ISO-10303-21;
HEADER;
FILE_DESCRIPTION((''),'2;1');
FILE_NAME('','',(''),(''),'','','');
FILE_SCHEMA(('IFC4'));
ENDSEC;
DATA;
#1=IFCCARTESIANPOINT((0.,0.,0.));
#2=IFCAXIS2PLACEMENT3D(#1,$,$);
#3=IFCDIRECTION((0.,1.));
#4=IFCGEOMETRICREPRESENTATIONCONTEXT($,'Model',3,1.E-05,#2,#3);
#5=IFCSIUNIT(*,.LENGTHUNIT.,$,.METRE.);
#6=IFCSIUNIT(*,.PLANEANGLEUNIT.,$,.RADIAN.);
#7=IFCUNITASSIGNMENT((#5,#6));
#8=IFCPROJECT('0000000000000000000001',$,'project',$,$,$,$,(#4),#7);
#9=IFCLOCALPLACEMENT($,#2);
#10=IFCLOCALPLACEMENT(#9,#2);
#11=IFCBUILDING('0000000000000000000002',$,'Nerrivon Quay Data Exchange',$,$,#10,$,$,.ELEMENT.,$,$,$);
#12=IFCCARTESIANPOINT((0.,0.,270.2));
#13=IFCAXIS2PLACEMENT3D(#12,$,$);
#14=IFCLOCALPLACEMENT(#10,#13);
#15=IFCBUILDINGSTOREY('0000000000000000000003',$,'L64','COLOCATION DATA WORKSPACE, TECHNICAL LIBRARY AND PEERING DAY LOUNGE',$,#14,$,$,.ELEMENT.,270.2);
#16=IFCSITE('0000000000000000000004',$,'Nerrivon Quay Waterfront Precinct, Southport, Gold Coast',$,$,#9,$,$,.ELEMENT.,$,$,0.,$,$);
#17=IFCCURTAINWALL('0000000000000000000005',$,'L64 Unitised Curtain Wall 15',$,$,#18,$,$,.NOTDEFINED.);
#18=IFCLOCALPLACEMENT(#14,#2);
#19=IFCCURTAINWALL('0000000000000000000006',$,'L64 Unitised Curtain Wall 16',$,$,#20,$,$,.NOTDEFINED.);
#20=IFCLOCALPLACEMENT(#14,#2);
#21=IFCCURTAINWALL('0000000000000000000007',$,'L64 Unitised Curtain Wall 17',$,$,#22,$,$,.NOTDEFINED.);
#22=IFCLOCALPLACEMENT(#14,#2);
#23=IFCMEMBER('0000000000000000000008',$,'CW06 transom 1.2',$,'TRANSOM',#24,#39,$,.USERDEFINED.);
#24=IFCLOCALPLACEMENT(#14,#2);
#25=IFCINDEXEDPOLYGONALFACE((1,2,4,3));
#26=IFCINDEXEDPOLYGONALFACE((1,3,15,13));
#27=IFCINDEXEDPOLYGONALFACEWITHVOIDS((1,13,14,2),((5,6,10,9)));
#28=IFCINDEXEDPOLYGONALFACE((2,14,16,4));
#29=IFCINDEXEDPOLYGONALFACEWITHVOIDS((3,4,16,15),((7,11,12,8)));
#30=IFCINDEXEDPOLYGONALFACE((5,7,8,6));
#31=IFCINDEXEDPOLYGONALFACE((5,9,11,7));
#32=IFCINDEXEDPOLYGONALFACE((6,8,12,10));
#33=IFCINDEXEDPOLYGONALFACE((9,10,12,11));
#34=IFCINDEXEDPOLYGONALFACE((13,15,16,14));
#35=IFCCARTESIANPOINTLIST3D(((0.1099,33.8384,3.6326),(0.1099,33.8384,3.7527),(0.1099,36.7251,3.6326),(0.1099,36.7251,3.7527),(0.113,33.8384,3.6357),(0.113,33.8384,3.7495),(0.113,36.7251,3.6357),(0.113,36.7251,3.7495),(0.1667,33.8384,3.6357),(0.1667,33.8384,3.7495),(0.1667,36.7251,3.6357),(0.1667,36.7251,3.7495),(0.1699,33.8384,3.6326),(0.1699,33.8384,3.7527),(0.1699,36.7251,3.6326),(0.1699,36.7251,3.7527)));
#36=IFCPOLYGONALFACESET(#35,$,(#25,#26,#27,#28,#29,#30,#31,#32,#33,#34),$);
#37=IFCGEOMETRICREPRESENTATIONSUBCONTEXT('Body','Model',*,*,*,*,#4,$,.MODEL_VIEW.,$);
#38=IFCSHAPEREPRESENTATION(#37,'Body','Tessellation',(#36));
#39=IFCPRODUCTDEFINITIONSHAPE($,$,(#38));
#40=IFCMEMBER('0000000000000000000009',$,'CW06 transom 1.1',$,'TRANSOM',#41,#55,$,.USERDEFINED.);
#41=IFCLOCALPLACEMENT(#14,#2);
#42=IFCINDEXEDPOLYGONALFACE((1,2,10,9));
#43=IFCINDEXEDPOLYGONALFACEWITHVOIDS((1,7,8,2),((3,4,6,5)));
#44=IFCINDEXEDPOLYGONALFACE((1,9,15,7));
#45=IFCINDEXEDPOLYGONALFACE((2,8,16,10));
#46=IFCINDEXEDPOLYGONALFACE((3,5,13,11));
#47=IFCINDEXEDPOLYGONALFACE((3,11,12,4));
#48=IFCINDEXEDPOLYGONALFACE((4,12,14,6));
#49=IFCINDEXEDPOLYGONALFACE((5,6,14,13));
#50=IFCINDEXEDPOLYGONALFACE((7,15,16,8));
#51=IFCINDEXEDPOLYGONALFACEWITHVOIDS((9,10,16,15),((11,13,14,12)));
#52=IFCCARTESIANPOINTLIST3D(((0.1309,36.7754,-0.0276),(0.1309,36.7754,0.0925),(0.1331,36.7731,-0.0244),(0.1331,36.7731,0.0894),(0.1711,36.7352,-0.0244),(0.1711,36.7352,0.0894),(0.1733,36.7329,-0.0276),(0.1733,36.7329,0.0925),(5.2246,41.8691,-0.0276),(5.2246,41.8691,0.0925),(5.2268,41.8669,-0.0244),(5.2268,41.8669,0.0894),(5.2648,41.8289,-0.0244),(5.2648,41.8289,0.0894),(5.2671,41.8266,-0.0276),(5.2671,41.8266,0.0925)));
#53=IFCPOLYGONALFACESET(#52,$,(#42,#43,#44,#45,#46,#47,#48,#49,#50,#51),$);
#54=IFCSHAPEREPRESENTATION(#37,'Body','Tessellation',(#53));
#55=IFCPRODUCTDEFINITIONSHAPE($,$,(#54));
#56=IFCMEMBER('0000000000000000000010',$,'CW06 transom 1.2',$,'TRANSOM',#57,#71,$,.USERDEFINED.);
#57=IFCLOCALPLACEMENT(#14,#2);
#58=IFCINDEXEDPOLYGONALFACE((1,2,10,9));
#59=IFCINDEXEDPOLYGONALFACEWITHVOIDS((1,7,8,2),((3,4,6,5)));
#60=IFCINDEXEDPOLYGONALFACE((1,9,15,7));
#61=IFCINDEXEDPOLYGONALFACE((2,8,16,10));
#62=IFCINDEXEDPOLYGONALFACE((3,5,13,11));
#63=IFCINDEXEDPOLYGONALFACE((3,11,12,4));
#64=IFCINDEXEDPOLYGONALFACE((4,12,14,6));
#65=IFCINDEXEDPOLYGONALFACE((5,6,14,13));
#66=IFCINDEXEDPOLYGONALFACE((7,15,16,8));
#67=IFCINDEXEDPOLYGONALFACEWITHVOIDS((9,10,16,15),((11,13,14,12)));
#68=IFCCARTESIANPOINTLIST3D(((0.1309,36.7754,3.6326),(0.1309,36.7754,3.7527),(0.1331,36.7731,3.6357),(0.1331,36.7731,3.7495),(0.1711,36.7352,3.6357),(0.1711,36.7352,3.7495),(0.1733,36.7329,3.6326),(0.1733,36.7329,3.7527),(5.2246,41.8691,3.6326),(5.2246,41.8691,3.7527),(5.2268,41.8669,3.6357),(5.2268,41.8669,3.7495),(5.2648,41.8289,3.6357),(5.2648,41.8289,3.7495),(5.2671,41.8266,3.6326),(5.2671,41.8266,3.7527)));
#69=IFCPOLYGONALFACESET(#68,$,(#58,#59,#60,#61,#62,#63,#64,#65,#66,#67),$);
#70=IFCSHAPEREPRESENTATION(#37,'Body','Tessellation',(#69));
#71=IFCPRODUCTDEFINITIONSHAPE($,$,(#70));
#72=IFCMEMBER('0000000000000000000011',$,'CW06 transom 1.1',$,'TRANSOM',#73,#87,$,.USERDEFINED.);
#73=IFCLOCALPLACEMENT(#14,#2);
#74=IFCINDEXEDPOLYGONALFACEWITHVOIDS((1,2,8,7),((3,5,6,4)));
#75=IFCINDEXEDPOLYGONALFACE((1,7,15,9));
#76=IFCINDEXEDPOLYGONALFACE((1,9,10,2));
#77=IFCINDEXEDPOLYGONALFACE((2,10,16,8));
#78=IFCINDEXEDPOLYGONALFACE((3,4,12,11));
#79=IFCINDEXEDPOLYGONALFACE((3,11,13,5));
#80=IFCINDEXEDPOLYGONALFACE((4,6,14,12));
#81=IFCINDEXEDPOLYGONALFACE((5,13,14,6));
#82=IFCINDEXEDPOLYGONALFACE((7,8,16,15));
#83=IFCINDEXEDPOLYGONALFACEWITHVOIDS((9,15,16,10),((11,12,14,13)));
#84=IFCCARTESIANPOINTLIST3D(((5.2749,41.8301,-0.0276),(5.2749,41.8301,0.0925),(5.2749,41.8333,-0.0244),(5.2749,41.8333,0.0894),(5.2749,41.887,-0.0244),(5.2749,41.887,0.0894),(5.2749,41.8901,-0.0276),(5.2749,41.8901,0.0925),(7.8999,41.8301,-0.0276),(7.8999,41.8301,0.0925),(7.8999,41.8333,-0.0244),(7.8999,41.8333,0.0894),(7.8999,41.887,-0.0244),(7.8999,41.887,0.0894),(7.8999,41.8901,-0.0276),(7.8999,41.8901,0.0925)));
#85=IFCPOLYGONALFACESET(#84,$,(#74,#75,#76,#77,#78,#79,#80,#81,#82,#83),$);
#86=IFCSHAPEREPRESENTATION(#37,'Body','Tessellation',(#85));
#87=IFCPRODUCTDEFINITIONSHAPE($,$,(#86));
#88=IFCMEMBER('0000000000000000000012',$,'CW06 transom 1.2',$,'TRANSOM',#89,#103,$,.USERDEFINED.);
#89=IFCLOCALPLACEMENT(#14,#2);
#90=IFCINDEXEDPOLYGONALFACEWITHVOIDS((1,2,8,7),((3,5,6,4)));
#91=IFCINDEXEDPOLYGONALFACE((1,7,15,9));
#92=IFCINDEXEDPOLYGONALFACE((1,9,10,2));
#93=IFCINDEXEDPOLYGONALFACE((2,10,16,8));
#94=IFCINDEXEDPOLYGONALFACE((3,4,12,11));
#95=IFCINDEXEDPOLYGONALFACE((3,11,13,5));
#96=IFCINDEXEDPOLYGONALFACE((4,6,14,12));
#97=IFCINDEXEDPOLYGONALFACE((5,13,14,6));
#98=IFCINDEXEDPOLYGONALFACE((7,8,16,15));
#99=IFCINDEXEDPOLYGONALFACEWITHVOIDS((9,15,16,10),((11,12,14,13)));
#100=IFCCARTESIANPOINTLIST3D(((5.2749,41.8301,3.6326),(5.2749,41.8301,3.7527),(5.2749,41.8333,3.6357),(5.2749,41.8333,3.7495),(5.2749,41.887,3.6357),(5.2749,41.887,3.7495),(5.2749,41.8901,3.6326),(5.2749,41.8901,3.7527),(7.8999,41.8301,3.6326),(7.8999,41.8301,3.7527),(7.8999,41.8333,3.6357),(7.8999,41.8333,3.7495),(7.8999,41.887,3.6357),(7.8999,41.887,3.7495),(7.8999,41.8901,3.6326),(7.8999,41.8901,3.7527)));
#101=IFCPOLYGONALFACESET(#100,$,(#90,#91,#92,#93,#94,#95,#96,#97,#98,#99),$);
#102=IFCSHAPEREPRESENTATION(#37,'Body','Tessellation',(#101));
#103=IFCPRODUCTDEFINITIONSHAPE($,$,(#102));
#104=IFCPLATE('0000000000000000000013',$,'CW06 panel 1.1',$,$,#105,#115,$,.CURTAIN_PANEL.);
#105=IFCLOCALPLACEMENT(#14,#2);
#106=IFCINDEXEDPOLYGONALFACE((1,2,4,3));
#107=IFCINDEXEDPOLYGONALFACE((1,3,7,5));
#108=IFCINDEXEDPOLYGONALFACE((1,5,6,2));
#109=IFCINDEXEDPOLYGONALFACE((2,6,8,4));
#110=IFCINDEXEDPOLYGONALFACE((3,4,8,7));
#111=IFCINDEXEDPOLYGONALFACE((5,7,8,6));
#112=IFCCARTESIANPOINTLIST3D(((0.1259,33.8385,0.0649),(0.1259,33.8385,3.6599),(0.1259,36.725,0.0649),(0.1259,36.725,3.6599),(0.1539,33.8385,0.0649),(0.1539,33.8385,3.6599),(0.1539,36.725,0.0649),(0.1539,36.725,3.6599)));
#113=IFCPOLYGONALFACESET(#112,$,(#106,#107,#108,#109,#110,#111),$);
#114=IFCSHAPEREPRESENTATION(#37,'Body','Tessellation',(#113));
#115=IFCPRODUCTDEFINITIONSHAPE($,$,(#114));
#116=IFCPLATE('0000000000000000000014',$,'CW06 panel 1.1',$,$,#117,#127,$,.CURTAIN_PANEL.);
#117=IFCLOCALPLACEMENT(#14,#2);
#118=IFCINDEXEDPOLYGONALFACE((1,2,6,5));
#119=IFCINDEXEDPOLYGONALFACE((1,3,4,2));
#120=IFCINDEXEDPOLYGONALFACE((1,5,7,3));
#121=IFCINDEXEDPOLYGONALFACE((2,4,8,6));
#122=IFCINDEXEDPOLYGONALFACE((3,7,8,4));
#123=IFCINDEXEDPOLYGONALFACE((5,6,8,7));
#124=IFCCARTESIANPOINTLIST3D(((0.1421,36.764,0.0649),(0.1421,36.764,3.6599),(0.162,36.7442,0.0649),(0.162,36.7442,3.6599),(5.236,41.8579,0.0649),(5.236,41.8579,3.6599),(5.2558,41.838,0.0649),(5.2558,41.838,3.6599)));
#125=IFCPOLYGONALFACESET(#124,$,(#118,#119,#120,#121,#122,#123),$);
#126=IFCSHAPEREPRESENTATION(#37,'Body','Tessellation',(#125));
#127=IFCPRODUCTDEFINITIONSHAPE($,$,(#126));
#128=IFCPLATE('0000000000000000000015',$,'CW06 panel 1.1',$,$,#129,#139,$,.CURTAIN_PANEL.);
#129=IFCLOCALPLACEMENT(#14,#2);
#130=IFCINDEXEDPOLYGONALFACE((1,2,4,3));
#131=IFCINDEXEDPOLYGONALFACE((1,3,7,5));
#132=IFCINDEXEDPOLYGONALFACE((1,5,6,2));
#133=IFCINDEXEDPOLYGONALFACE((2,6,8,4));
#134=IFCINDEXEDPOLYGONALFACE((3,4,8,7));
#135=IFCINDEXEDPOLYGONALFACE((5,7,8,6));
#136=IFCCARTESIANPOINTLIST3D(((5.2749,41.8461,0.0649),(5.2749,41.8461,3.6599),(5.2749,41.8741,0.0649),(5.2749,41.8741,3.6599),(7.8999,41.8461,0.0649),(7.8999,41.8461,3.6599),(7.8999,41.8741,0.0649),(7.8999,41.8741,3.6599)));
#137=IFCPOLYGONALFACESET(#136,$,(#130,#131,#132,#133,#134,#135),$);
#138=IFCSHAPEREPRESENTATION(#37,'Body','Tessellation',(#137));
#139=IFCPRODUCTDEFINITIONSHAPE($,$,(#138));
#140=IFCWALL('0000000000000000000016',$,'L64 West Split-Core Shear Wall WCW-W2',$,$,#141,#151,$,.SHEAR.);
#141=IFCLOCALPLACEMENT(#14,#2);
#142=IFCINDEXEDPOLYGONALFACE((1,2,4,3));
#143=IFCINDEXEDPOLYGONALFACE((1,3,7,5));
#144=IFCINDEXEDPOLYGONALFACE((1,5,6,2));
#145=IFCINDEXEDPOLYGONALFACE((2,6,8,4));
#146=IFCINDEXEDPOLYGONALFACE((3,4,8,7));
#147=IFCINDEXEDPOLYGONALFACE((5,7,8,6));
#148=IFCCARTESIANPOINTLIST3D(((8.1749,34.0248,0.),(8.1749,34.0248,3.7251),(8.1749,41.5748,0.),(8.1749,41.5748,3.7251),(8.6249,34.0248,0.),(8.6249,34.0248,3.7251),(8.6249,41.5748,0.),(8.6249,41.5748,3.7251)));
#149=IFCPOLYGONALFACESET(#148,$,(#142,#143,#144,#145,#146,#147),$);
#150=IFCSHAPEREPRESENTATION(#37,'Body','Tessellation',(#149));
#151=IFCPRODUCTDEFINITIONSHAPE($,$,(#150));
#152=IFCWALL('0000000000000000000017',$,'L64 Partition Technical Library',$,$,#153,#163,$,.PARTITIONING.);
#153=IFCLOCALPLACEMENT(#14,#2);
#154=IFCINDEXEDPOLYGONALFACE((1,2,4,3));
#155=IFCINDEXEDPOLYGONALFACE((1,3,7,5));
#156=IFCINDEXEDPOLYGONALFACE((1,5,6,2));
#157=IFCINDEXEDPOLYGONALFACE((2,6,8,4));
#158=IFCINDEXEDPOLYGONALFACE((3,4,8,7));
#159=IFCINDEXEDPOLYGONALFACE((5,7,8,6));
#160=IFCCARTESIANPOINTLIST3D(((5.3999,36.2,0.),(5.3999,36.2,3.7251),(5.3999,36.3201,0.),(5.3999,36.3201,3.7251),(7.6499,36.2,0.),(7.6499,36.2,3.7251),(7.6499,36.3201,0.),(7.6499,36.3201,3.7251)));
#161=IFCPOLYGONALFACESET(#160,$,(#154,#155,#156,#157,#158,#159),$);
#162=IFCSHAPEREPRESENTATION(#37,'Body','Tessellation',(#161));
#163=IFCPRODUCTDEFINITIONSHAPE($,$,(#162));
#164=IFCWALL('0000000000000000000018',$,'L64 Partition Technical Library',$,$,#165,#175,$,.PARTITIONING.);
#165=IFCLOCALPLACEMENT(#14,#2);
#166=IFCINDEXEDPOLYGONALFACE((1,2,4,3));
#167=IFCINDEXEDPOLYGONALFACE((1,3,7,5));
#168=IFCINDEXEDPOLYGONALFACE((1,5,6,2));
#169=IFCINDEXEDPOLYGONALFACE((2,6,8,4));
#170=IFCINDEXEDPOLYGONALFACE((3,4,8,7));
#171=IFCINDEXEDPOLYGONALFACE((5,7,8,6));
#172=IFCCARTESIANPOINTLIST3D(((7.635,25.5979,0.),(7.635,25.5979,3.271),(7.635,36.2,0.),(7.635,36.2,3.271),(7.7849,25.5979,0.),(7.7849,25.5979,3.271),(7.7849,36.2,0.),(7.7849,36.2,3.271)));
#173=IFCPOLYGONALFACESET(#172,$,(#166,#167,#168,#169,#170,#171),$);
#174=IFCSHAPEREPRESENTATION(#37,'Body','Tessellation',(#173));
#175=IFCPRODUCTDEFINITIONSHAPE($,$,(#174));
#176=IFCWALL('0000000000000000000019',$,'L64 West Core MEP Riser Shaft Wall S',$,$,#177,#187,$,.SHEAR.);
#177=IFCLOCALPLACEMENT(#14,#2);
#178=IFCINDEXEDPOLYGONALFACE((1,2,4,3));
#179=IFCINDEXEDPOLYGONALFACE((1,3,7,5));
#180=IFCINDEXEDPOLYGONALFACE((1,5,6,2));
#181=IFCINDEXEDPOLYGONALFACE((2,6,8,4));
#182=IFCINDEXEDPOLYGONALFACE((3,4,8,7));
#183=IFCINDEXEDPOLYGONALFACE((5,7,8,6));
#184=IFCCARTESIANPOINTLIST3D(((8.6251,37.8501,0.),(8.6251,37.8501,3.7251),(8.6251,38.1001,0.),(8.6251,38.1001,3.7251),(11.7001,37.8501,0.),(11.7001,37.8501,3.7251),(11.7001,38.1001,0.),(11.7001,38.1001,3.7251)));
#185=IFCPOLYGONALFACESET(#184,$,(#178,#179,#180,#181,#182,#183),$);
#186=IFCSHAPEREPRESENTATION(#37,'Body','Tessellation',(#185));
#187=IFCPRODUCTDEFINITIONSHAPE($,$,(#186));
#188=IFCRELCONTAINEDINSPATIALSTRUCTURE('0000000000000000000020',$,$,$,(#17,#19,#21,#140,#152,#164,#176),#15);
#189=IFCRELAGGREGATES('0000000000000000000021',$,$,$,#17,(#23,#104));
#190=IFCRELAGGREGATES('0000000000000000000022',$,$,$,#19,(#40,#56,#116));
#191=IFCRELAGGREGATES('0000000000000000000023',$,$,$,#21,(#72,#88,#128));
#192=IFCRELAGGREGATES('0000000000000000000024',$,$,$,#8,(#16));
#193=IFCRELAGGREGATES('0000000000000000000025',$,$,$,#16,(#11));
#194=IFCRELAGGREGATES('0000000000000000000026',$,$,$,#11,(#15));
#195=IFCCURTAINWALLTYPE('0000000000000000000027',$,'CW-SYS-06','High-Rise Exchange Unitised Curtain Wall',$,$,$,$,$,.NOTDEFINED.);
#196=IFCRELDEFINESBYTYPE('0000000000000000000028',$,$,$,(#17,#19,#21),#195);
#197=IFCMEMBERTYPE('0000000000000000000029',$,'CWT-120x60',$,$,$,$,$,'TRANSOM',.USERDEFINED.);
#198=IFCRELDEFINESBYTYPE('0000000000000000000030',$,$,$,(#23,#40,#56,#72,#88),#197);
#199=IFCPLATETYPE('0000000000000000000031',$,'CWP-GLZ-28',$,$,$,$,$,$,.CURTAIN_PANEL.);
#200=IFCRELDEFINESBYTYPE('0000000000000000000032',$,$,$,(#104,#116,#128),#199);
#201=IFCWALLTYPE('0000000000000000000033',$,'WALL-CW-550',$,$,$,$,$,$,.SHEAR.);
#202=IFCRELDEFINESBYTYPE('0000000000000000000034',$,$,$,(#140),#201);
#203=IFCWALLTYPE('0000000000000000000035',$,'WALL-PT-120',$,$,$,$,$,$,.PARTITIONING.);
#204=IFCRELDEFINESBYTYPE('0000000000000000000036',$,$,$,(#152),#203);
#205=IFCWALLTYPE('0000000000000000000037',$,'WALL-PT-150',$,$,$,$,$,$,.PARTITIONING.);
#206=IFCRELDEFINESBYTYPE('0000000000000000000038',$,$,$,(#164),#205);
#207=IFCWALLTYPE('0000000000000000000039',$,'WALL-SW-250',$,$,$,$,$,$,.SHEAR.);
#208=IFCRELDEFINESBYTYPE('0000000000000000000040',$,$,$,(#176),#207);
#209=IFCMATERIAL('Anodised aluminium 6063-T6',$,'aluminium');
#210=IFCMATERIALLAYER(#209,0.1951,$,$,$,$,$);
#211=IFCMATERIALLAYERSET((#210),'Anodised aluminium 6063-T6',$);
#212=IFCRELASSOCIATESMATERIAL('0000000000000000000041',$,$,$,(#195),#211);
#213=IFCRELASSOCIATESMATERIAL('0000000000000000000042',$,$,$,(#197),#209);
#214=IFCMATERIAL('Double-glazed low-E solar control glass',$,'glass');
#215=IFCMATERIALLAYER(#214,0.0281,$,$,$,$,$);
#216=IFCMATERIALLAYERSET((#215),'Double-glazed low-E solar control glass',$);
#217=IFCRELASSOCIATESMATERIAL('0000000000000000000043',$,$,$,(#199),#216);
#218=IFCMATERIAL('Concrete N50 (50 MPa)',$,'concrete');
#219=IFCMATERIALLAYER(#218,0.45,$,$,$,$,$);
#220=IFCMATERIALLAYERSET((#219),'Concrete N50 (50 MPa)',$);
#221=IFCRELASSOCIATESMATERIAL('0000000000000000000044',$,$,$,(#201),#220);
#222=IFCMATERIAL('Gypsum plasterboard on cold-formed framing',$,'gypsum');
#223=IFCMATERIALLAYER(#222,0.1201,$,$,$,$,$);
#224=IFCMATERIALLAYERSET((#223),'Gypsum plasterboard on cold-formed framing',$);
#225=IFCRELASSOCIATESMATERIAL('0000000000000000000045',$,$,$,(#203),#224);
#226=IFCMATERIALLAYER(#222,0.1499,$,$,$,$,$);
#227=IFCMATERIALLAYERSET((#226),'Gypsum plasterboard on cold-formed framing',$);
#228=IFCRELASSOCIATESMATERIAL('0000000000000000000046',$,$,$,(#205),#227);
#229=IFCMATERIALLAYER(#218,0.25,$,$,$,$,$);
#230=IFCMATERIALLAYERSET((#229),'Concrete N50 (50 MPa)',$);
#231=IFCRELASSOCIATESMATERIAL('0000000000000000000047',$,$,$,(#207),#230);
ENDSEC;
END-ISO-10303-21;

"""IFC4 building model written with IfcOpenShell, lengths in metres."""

from ifc_helpers import new_model, si_unit, direction, frame, frame_2d, origin, origin_2d, place, context, subcontext, project, spatial, rectangle, hollow_rectangle, extrude, material, layer, layer_set, material_profile, profile_set, type_object, element, aggregate, save


model = new_model("IFC4")

# Units and contexts
model_context = context("Model", 3, precision=1e-05, world=origin(), true_north=direction((0.0, 1.0)))
body_context = subcontext(model_context, "Body", "Model", "MODEL_VIEW")
ifc_project = project(units=[si_unit("LENGTHUNIT", "METRE"), si_unit("PLANEANGLEUNIT", "RADIAN")], contexts=[model_context])

# Site, building, storey
site_placement = place(None, origin())
site = spatial("IfcSite", under=ifc_project, at=site_placement, Name="Nerrivon Quay Waterfront Precinct, Southport, Gold Coast", CompositionType="ELEMENT", RefElevation=0.0)
building_placement = place(site_placement, origin())
building = spatial("IfcBuilding", under=site, at=building_placement, Name="Nerrivon Quay Data Exchange", CompositionType="ELEMENT")
storey_placement = place(building_placement, frame((0.0, 0.0, 270.2)))
storey = spatial("IfcBuildingStorey", under=building, at=storey_placement, Name="L64", Description="COLOCATION DATA WORKSPACE, TECHNICAL LIBRARY AND PEERING DAY LOUNGE", CompositionType="ELEMENT", Elevation=270.2)

# Shared definitions
ifc_material_1 = material(Name="Concrete N50 (50 MPa)", Category="concrete")

# Curtain walls
ifc_material_2 = material(Name="Anodised aluminium 6063-T6", Category="aluminium")
ifc_layer_1 = layer(ifc_material_2, 0.1951)
ifc_layer_set_1 = layer_set([ifc_layer_1], Name="Anodised aluminium 6063-T6")
curtain_wall_type = type_object("IfcCurtainWallType", Name="CW-SYS-06", Description="High-Rise Exchange Unitised Curtain Wall", PredefinedType="NOTDEFINED", material=ifc_layer_set_1)
curtain_wall_1_placement = place(storey_placement, origin())
curtain_wall_1 = element("IfcCurtainWall", 1, at=curtain_wall_1_placement, inside=storey, type_object=curtain_wall_type, Name="L64 Unitised Curtain Wall 15", PredefinedType="NOTDEFINED")
curtain_wall_2_placement = place(storey_placement, origin())
curtain_wall_2 = element("IfcCurtainWall", 2, at=curtain_wall_2_placement, inside=storey, type_object=curtain_wall_type, Name="L64 Unitised Curtain Wall 16", PredefinedType="NOTDEFINED")
curtain_wall_3_placement = place(storey_placement, origin())
curtain_wall_3 = element("IfcCurtainWall", 3, at=curtain_wall_3_placement, inside=storey, type_object=curtain_wall_type, Name="L64 Unitised Curtain Wall 17", PredefinedType="NOTDEFINED")

# Members
ifc_material_profile_1 = material_profile(ifc_material_2, hollow_rectangle(XDim=0.0601, YDim=0.1201, WallThickness=0.0032, at=origin_2d()), Name="ALU-TRAN-120x60")
ifc_profile_set_1 = profile_set([ifc_material_profile_1], Name="Anodised aluminium 6063-T6")
member_type_1 = type_object("IfcMemberType", Name="CWT-120x60", ElementType="TRANSOM", PredefinedType="USERDEFINED", material=ifc_profile_set_1)
member_1_placement = place(storey_placement, frame((0.1399, 33.8384, 3.6926), z_axis=(0.0, 1.0, 0.0), x_axis=(-1.0, 0.0, 0.0)))
member_1 = element("IfcMember", 4, at=member_1_placement, type_object=member_type_1, Name="CW06 transom 1.2", ObjectType="TRANSOM", PredefinedType="USERDEFINED", context=body_context, shape_type="SweptSolid", body=[
    extrude(hollow_rectangle(XDim=0.0601, YDim=0.1201, WallThickness=0.0032, at=origin_2d()), origin(), (0.0, 0.0, 1.0), 2.8867),
])
member_2_placement = place(storey_placement, frame((0.1521, 36.7542, 0.0325), z_axis=(0.707107, 0.707107, 0.0), x_axis=(-0.707107, 0.707107, 0.0)))
member_2 = element("IfcMember", 5, at=member_2_placement, type_object=member_type_1, Name="CW06 transom 1.1", ObjectType="TRANSOM", PredefinedType="USERDEFINED", context=body_context, shape_type="SweptSolid", body=[
    extrude(hollow_rectangle(XDim=0.0601, YDim=0.1201, WallThickness=0.0032, at=origin_2d()), origin(), (0.0, 0.0, 1.0), 7.2036),
])
member_3_placement = place(storey_placement, frame((0.1521, 36.7542, 3.6926), z_axis=(0.707107, 0.707107, 0.0), x_axis=(-0.707107, 0.707107, 0.0)))
member_3 = element("IfcMember", 6, at=member_3_placement, type_object=member_type_1, Name="CW06 transom 1.2", ObjectType="TRANSOM", PredefinedType="USERDEFINED", context=body_context, shape_type="SweptSolid", body=[
    extrude(hollow_rectangle(XDim=0.0601, YDim=0.1201, WallThickness=0.0032, at=origin_2d()), origin(), (0.0, 0.0, 1.0), 7.2036),
])
member_4_placement = place(storey_placement, frame((5.2749, 41.8601, 0.0325), z_axis=(1.0, 0.0, 0.0), x_axis=(0.0, 1.0, 0.0)))
member_4 = element("IfcMember", 7, at=member_4_placement, type_object=member_type_1, Name="CW06 transom 1.1", ObjectType="TRANSOM", PredefinedType="USERDEFINED", context=body_context, shape_type="SweptSolid", body=[
    extrude(hollow_rectangle(XDim=0.0601, YDim=0.1201, WallThickness=0.0032, at=origin_2d()), origin(), (0.0, 0.0, 1.0), 2.625),
])
member_5_placement = place(storey_placement, frame((5.2749, 41.8601, 3.6926), z_axis=(1.0, 0.0, 0.0), x_axis=(0.0, 1.0, 0.0)))
member_5 = element("IfcMember", 8, at=member_5_placement, type_object=member_type_1, Name="CW06 transom 1.2", ObjectType="TRANSOM", PredefinedType="USERDEFINED", context=body_context, shape_type="SweptSolid", body=[
    extrude(hollow_rectangle(XDim=0.0601, YDim=0.1201, WallThickness=0.0032, at=origin_2d()), origin(), (0.0, 0.0, 1.0), 2.625),
])

# Plates
ifc_material_3 = material(Name="Double-glazed low-E solar control glass", Category="glass")
ifc_layer_2 = layer(ifc_material_3, 0.0281)
ifc_layer_set_2 = layer_set([ifc_layer_2], Name="Double-glazed low-E solar control glass")
plate_type = type_object("IfcPlateType", Name="CWP-GLZ-28", PredefinedType="CURTAIN_PANEL", material=ifc_layer_set_2)
plate_1_placement = place(storey_placement, frame((0.1399, 35.2817, 0.0649), z_axis=(0.0, 0.0, 1.0), x_axis=(0.0, 1.0, 0.0)))
plate_1 = element("IfcPlate", 9, at=plate_1_placement, type_object=plate_type, Name="CW06 panel 1.1", PredefinedType="CURTAIN_PANEL", context=body_context, shape_type="SweptSolid", body=[
    extrude(rectangle(XDim=2.8865, YDim=0.0281, at=origin_2d()), origin(), (0.0, 0.0, 1.0), 3.595),
])
aggregate(curtain_wall_1, [member_1, plate_1])
plate_2_placement = place(storey_placement, frame((2.699, 39.301, 0.0649), z_axis=(0.0, 0.0, 1.0), x_axis=(0.707107, 0.707107, 0.0)))
plate_2 = element("IfcPlate", 10, at=plate_2_placement, type_object=plate_type, Name="CW06 panel 1.1", PredefinedType="CURTAIN_PANEL", context=body_context, shape_type="SweptSolid", body=[
    extrude(rectangle(XDim=7.2039, YDim=0.0281, at=origin_2d()), origin(), (0.0, 0.0, 1.0), 3.595),
])
aggregate(curtain_wall_2, [member_2, member_3, plate_2])
plate_3_placement = place(storey_placement, frame((6.5874, 41.8601, 0.0649), z_axis=(0.0, 0.0, 1.0), x_axis=(1.0, 0.0, 0.0)))
plate_3 = element("IfcPlate", 11, at=plate_3_placement, type_object=plate_type, Name="CW06 panel 1.1", PredefinedType="CURTAIN_PANEL", context=body_context, shape_type="SweptSolid", body=[
    extrude(rectangle(XDim=2.625, YDim=0.0281, at=origin_2d()), origin(), (0.0, 0.0, 1.0), 3.595),
])
aggregate(curtain_wall_3, [member_4, member_5, plate_3])

# Walls
ifc_layer_3 = layer(ifc_material_1, 0.45)
ifc_layer_set_3 = layer_set([ifc_layer_3], Name="Concrete N50 (50 MPa)")
wall_type_1 = type_object("IfcWallType", Name="WALL-CW-550", PredefinedType="SHEAR", material=ifc_layer_set_3)
wall_1_placement = place(storey_placement, frame((8.3999, 34.0249, 0.0), z_axis=(0.0, 0.0, 1.0), x_axis=(0.0, 1.0, 0.0)))
element("IfcWall", 12, at=wall_1_placement, inside=storey, type_object=wall_type_1, Name="L64 West Split-Core Shear Wall WCW-W2", PredefinedType="SHEAR", context=body_context, shape_type="SweptSolid", body=[
    extrude(rectangle(XDim=7.55, YDim=0.45, at=frame_2d((3.7749, 0.0))), origin(), (0.0, 0.0, 1.0), 3.7251),
])
ifc_material_4 = material(Name="Gypsum plasterboard on cold-formed framing", Category="gypsum")
ifc_layer_4 = layer(ifc_material_4, 0.1201)
ifc_layer_set_4 = layer_set([ifc_layer_4], Name="Gypsum plasterboard on cold-formed framing")
wall_type_2 = type_object("IfcWallType", Name="WALL-PT-120", PredefinedType="PARTITIONING", material=ifc_layer_set_4)
wall_2_placement = place(storey_placement, frame((5.3999, 36.26, 0.0), z_axis=(0.0, 0.0, 1.0), x_axis=(1.0, 0.0, 0.0)))
element("IfcWall", 13, at=wall_2_placement, inside=storey, type_object=wall_type_2, Name="L64 Partition Technical Library", PredefinedType="PARTITIONING", context=body_context, shape_type="SweptSolid", body=[
    extrude(rectangle(XDim=2.25, YDim=0.1201, at=frame_2d((1.125, 0.0))), origin(), (0.0, 0.0, 1.0), 3.7251),
])
ifc_layer_5 = layer(ifc_material_4, 0.1499)
ifc_layer_set_5 = layer_set([ifc_layer_5], Name="Gypsum plasterboard on cold-formed framing")
wall_type_3 = type_object("IfcWallType", Name="WALL-PT-150", PredefinedType="PARTITIONING", material=ifc_layer_set_5)
wall_3_placement = place(storey_placement, frame((7.71, 36.2, 0.0), z_axis=(0.0, 0.0, 1.0), x_axis=(0.0, -1.0, 0.0)))
element("IfcWall", 14, at=wall_3_placement, inside=storey, type_object=wall_type_3, Name="L64 Partition Technical Library", PredefinedType="PARTITIONING", context=body_context, shape_type="SweptSolid", body=[
    extrude(rectangle(XDim=10.6021, YDim=0.1499, at=frame_2d((5.301, 0.0))), origin(), (0.0, 0.0, 1.0), 3.271),
])
ifc_layer_6 = layer(ifc_material_1, 0.25)
ifc_layer_set_6 = layer_set([ifc_layer_6], Name="Concrete N50 (50 MPa)")
wall_type_4 = type_object("IfcWallType", Name="WALL-SW-250", PredefinedType="SHEAR", material=ifc_layer_set_6)
wall_4_placement = place(storey_placement, frame((8.625, 37.9751, 0.0), z_axis=(0.0, 0.0, 1.0), x_axis=(1.0, 0.0, 0.0)))
element("IfcWall", 15, at=wall_4_placement, inside=storey, type_object=wall_type_4, Name="L64 West Core MEP Riser Shaft Wall S", PredefinedType="SHEAR", context=body_context, shape_type="SweptSolid", body=[
    extrude(rectangle(XDim=3.075, YDim=0.25, at=frame_2d((1.5376, 0.0))), origin(), (0.0, 0.0, 1.0), 3.7251),
])

save(model, "model.ifc")
